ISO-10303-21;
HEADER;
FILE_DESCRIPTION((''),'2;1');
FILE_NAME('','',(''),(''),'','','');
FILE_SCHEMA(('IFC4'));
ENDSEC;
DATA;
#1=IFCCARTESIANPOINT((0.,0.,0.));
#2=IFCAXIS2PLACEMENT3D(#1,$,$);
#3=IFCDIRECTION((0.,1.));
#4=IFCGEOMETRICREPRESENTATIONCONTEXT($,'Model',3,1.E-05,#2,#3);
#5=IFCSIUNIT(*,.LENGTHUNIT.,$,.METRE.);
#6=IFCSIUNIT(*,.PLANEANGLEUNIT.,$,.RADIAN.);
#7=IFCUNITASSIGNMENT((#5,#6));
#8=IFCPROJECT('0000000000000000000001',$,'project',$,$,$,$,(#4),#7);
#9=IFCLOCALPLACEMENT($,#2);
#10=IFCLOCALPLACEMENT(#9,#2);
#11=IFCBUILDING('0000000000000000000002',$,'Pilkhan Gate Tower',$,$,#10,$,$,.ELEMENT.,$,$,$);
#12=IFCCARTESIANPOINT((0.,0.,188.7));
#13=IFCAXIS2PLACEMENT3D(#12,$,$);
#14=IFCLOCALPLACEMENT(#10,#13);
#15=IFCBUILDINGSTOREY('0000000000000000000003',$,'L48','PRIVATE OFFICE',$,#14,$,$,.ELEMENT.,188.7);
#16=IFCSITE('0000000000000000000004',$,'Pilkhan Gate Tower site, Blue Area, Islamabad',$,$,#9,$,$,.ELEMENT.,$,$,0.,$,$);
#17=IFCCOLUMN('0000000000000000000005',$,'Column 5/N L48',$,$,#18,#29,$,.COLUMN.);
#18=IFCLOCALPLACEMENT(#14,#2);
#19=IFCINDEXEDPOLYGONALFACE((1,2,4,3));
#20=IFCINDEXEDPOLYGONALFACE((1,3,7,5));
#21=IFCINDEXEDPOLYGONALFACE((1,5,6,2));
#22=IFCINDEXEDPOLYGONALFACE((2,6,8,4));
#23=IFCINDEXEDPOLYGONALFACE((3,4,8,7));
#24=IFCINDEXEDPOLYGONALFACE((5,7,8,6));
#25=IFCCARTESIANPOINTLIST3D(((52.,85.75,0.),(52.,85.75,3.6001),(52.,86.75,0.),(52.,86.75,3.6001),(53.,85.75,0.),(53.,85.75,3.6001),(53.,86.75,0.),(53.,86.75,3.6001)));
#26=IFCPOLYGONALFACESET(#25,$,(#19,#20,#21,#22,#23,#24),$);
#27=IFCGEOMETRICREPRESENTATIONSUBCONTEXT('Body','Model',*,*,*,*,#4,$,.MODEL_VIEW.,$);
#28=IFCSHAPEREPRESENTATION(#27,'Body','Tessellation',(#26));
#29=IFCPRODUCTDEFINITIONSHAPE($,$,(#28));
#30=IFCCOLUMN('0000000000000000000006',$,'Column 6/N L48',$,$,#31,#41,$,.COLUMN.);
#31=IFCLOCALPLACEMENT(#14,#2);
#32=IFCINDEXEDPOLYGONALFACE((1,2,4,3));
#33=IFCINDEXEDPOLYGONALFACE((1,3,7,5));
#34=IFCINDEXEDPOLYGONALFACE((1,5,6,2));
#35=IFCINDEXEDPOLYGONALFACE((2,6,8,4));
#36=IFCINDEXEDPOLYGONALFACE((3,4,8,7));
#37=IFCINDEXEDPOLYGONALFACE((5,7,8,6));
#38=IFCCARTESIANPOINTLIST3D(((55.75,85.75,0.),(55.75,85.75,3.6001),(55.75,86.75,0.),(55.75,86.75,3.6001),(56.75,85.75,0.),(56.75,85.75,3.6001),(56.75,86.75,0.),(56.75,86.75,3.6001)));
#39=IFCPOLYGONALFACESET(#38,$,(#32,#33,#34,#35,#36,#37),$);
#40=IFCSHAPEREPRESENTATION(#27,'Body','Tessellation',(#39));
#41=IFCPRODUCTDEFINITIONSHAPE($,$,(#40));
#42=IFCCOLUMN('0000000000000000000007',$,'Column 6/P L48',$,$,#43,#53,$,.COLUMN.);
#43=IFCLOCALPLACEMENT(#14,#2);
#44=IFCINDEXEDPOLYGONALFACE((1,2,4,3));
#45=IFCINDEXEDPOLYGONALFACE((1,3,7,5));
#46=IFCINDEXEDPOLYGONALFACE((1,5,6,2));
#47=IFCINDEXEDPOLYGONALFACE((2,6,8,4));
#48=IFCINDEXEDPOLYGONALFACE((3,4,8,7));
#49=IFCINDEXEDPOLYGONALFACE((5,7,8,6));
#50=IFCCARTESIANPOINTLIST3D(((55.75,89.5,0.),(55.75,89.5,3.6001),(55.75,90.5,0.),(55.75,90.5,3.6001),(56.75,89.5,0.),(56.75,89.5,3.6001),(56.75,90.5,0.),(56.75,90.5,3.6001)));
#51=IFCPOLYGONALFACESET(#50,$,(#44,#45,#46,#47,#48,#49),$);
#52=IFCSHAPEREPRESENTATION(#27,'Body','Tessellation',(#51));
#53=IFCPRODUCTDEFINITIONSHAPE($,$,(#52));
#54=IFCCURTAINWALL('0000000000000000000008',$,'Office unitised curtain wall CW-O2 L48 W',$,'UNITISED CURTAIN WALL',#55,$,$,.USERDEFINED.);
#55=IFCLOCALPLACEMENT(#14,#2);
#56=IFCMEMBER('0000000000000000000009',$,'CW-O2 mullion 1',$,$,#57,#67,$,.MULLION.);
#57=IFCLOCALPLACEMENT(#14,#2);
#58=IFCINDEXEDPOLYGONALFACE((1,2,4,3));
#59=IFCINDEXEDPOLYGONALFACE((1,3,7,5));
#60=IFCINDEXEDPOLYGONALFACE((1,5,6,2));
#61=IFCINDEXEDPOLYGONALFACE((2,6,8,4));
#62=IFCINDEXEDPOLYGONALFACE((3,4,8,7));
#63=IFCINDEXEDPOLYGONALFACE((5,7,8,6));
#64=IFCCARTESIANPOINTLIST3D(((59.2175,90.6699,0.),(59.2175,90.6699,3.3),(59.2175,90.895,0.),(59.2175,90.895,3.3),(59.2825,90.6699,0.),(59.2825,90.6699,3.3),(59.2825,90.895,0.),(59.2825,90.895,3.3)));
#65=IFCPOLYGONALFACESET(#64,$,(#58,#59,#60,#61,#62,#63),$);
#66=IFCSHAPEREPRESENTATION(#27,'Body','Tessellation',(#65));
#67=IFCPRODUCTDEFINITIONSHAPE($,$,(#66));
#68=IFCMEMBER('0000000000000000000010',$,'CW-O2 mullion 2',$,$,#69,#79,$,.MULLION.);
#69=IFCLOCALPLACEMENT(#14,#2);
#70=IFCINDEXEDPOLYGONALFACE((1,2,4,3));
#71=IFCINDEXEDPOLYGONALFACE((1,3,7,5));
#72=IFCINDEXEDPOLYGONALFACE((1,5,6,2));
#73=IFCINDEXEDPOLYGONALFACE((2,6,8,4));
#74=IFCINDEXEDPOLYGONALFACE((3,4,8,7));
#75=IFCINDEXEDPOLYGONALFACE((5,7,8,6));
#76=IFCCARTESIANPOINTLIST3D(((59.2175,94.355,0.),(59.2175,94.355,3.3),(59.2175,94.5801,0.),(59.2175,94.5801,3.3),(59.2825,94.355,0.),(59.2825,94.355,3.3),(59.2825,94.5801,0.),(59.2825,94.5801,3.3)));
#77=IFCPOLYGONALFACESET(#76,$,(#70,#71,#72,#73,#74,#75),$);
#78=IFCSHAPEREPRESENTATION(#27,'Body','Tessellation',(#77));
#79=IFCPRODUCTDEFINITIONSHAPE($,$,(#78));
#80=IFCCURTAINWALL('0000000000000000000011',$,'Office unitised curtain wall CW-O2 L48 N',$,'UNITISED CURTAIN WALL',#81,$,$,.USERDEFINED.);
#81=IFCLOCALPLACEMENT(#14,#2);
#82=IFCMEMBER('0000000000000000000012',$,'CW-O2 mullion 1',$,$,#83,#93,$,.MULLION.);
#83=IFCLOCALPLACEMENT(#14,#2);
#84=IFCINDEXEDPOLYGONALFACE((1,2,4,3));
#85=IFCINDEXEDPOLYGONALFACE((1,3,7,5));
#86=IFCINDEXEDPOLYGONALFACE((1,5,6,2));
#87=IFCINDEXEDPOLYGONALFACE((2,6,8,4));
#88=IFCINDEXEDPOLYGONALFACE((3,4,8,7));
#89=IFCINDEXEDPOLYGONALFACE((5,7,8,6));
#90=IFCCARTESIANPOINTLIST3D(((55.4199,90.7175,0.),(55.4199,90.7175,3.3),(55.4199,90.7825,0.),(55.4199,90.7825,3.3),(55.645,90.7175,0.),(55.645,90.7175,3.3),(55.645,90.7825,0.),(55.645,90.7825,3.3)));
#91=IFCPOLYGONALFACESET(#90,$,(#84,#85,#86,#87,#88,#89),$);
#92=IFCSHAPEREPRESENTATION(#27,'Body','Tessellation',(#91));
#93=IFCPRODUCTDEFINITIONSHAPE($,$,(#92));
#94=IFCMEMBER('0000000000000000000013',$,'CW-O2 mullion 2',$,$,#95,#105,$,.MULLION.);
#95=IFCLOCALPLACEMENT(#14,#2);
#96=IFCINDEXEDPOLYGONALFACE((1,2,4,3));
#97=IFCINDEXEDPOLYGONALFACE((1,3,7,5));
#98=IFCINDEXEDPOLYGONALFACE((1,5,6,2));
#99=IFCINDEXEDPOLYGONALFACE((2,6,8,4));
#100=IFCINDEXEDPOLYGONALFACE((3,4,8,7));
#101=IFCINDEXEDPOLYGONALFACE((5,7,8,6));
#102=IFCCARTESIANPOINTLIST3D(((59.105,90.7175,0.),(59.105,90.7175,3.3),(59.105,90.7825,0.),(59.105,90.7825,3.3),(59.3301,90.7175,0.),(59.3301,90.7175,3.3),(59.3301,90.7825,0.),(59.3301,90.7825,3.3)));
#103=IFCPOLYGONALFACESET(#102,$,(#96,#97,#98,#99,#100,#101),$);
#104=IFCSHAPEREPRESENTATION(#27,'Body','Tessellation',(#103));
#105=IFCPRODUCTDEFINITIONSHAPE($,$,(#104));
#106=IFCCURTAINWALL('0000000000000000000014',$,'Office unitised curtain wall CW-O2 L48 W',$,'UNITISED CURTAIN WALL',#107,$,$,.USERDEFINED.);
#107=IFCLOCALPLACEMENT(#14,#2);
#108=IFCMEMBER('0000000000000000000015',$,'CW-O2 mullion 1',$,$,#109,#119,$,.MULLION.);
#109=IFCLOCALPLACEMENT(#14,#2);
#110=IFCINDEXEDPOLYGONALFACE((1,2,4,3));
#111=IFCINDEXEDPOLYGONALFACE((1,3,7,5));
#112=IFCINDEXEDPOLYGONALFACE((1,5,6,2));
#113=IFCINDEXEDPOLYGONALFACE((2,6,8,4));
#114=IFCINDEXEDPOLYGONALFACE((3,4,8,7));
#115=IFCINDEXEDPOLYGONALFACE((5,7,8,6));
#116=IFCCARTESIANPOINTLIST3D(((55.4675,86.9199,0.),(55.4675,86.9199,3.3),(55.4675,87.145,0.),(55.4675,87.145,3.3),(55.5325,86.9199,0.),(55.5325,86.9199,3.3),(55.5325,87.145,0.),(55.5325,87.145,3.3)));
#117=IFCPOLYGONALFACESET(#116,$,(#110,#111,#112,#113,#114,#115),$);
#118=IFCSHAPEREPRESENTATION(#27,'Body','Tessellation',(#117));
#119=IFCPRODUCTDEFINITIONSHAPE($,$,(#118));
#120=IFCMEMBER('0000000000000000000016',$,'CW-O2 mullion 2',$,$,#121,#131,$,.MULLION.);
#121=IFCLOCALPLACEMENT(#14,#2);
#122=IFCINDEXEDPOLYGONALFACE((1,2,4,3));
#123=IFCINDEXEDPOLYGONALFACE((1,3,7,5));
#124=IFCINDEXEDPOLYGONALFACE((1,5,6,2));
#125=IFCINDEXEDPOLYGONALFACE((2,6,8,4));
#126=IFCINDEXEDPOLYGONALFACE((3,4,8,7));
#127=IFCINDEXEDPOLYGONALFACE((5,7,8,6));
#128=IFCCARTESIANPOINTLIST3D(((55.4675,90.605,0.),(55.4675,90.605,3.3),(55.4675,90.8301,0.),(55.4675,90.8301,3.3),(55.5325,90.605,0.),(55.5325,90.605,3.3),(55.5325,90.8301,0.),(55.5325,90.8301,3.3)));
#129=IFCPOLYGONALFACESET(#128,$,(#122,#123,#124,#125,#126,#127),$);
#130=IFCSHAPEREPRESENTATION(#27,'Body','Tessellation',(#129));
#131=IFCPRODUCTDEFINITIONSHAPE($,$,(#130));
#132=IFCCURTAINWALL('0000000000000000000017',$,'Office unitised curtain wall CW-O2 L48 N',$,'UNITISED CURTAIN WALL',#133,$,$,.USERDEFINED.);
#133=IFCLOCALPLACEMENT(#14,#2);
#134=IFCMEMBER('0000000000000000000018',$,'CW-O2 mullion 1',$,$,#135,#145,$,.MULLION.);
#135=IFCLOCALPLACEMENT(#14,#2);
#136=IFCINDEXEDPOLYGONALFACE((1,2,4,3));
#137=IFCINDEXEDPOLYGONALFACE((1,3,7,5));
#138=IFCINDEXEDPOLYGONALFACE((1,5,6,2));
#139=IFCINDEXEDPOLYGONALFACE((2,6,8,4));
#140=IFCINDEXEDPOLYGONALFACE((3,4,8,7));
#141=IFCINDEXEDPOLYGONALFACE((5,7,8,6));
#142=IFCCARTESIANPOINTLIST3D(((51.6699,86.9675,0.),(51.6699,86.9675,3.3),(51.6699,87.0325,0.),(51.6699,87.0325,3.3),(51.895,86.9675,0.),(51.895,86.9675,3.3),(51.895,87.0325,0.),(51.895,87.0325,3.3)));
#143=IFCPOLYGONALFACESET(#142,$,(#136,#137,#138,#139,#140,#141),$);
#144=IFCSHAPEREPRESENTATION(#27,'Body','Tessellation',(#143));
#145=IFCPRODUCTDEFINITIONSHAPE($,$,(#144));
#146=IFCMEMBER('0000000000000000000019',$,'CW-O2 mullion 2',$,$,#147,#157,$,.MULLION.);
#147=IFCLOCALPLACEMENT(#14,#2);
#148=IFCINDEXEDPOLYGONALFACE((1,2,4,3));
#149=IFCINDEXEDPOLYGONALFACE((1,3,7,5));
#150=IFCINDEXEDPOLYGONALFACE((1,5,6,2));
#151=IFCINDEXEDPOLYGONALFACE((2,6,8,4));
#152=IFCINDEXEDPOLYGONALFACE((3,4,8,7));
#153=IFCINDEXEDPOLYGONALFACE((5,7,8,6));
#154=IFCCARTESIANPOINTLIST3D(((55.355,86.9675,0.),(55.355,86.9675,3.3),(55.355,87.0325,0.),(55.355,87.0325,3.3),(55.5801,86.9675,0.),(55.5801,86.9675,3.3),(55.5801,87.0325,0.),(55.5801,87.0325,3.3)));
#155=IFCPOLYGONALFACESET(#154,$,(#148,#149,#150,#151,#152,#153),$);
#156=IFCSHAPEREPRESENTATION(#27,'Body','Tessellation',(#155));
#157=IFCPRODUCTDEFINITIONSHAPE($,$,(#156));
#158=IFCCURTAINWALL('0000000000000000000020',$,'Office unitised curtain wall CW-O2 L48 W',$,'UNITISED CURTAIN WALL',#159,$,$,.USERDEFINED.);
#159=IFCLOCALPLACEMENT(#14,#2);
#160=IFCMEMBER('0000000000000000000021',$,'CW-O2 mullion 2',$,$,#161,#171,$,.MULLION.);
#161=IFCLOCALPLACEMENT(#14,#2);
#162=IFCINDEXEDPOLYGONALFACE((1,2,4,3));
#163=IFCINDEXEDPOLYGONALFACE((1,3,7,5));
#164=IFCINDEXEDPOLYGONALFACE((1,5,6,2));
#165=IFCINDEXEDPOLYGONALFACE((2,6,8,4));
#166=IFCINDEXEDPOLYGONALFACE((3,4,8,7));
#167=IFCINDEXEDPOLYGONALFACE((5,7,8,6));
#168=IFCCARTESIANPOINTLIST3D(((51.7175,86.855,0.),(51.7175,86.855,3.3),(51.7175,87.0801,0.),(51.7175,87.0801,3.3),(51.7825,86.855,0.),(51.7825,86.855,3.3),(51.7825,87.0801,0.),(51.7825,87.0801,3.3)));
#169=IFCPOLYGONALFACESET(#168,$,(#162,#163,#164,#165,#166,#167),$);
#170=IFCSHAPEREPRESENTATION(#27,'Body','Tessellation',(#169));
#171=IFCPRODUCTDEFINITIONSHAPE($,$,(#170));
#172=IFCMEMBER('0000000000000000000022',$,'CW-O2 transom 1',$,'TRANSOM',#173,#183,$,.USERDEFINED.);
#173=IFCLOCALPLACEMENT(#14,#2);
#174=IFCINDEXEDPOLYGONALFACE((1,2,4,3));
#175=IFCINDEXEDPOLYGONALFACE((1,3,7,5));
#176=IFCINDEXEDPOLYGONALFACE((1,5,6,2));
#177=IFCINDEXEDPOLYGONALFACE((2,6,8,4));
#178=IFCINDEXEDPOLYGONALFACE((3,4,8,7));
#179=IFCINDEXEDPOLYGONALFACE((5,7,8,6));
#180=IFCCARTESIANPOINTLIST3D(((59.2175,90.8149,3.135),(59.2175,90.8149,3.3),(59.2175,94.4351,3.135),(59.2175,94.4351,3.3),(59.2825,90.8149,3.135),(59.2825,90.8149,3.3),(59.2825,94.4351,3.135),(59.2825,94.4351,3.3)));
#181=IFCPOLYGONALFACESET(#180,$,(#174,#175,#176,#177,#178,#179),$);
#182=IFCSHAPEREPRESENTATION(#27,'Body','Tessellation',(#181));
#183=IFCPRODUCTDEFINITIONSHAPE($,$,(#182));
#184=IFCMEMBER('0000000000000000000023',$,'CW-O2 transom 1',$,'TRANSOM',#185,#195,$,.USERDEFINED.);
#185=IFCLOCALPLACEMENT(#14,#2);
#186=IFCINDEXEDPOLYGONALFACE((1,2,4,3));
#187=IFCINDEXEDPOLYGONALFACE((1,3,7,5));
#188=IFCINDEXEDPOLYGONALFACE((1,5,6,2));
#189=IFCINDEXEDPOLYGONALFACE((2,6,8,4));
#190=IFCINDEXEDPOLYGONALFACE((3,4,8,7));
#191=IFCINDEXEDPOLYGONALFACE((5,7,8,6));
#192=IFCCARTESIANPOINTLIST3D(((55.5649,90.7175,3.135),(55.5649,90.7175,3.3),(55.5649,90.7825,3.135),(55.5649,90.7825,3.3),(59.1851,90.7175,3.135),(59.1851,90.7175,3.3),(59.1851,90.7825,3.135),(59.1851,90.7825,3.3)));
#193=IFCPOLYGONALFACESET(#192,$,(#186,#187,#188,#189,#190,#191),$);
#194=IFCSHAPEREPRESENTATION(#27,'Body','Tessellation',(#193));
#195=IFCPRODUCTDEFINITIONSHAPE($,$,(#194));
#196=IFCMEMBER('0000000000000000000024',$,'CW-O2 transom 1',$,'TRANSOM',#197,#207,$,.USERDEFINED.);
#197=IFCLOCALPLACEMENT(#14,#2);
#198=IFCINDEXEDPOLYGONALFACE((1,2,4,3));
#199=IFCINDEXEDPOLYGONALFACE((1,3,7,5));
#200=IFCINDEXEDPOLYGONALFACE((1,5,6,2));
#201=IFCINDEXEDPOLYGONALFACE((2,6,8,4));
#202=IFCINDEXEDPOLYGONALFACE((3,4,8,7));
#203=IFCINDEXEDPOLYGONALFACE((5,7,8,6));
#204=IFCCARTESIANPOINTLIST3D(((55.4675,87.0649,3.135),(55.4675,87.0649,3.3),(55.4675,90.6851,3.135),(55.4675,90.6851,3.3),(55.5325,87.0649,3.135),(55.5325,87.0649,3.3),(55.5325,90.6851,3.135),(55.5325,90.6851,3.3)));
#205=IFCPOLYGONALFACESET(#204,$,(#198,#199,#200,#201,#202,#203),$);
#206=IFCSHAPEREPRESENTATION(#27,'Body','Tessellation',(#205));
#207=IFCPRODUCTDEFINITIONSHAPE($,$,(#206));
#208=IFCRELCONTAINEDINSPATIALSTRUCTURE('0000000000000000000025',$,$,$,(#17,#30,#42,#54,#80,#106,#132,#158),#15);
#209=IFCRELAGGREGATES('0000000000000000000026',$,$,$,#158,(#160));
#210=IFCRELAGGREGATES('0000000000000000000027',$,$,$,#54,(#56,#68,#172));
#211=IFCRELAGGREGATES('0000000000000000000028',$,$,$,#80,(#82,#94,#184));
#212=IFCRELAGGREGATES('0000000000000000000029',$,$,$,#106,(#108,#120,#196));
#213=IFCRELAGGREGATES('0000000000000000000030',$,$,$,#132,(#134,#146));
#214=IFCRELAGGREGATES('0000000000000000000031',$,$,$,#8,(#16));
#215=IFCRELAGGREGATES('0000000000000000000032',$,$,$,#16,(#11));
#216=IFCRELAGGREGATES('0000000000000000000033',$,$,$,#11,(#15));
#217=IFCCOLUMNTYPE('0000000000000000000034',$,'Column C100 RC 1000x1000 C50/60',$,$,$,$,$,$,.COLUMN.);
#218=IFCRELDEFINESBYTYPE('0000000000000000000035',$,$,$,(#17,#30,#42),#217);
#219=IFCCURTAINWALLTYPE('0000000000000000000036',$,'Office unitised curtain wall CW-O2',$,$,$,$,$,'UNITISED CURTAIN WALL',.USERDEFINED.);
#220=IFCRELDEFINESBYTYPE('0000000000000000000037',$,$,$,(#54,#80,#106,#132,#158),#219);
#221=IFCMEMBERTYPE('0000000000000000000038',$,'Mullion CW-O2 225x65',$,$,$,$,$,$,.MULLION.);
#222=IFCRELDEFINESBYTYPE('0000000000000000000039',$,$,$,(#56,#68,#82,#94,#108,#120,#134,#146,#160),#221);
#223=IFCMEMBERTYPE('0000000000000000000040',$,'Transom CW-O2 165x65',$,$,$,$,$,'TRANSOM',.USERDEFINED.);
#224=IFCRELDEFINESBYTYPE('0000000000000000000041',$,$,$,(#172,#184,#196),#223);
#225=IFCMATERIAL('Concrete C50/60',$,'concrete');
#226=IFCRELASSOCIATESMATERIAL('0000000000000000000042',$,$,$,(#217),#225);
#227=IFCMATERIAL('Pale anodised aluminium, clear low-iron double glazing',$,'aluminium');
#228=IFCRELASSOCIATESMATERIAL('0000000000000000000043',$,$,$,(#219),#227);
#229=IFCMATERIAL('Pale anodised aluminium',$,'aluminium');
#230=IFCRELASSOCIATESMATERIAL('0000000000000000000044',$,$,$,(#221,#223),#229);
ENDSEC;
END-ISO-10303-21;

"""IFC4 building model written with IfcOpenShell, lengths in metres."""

from ifc_helpers import new_model, si_unit, direction, frame, origin, origin_2d, place, context, subcontext, project, spatial, rectangle, extrude, material, material_profile, profile_set, type_object, element, aggregate, save


model = new_model("IFC4")

# Units and contexts
model_context = context("Model", 3, precision=1e-05, world=origin(), true_north=direction((0.0, 1.0)))
body_context = subcontext(model_context, "Body", "Model", "MODEL_VIEW")
ifc_project = project(units=[si_unit("LENGTHUNIT", "METRE"), si_unit("PLANEANGLEUNIT", "RADIAN")], contexts=[model_context])

# Site, building, storey
site_placement = place(None, origin())
site = spatial("IfcSite", under=ifc_project, at=site_placement, Name="Pilkhan Gate Tower site, Blue Area, Islamabad", CompositionType="ELEMENT", RefElevation=0.0)
building_placement = place(site_placement, origin())
building = spatial("IfcBuilding", under=site, at=building_placement, Name="Pilkhan Gate Tower", CompositionType="ELEMENT")
storey_placement = place(building_placement, frame((0.0, 0.0, 188.7)))
storey = spatial("IfcBuildingStorey", under=building, at=storey_placement, Name="L48", Description="PRIVATE OFFICE", CompositionType="ELEMENT", Elevation=188.7)

# Columns
ifc_material_1 = material(Name="Concrete C50/60", Category="concrete")
ifc_material_profile_1 = material_profile(ifc_material_1, rectangle(XDim=1.0, YDim=1.0, at=origin_2d()), Name="RC 1000x1000")
ifc_profile_set_1 = profile_set([ifc_material_profile_1], Name="Concrete C50/60")
column_type = type_object("IfcColumnType", Name="Column C100 RC 1000x1000 C50/60", PredefinedType="COLUMN", material=ifc_profile_set_1)
for number, where, z_axis, x_axis, name in (
    (1, (52.5, 86.25, 0.0), (0.0, 0.0, 1.0), (1.0, 0.0, 0.0), "Column 5/N L48"),
    (2, (56.25, 86.25, 0.0), (0.0, 0.0, 1.0), (1.0, 0.0, 0.0), "Column 6/N L48"),
    (3, (56.25, 90.0, 0.0), (0.0, 0.0, 1.0), (1.0, 0.0, 0.0), "Column 6/P L48"),
):
    element("IfcColumn", number, at=place(storey_placement, frame(where, z_axis=z_axis, x_axis=x_axis)), inside=storey, type_object=column_type, Name=name, PredefinedType="COLUMN", context=body_context, shape_type="SweptSolid", body=[
        extrude(rectangle(XDim=1.0, YDim=1.0, at=origin_2d()), origin(), (0.0, 0.0, 1.0), 3.6001),
    ])

# Curtain walls, members
ifc_material_2 = material(Name="Pale anodised aluminium, clear low-iron double glazing", Category="aluminium")
curtain_wall_type = type_object("IfcCurtainWallType", Name="Office unitised curtain wall CW-O2", ElementType="UNITISED CURTAIN WALL", PredefinedType="USERDEFINED", material=ifc_material_2)
curtain_wall_1_placement = place(storey_placement, origin())
curtain_wall_1 = element("IfcCurtainWall", 4, at=curtain_wall_1_placement, inside=storey, type_object=curtain_wall_type, Name="Office unitised curtain wall CW-O2 L48 W", ObjectType="UNITISED CURTAIN WALL", PredefinedType="USERDEFINED")
ifc_material_3 = material(Name="Pale anodised aluminium", Category="aluminium")
ifc_material_profile_2 = material_profile(ifc_material_3, rectangle(XDim=0.0649, YDim=0.2251, at=origin_2d()), Name="Mullion 225x65")
ifc_profile_set_2 = profile_set([ifc_material_profile_2], Name="Pale anodised aluminium")
member_type_1 = type_object("IfcMemberType", Name="Mullion CW-O2 225x65", PredefinedType="MULLION", material=ifc_profile_set_2)
member_1_placement = place(storey_placement, frame((59.25, 90.7825, 0.0), z_axis=(0.0, 0.0, 1.0), x_axis=(-1.0, 0.0, 0.0)))
member_1 = element("IfcMember", 5, at=member_1_placement, type_object=member_type_1, Name="CW-O2 mullion 1", PredefinedType="MULLION", context=body_context, shape_type="SweptSolid", body=[
    extrude(rectangle(XDim=0.0649, YDim=0.2251, at=origin_2d()), origin(), (0.0, 0.0, 1.0), 3.3),
])
member_2_placement = place(storey_placement, frame((59.25, 94.4675, 0.0), z_axis=(0.0, 0.0, 1.0), x_axis=(-1.0, 0.0, 0.0)))
member_2 = element("IfcMember", 6, at=member_2_placement, type_object=member_type_1, Name="CW-O2 mullion 2", PredefinedType="MULLION", context=body_context, shape_type="SweptSolid", body=[
    extrude(rectangle(XDim=0.0649, YDim=0.2251, at=origin_2d()), origin(), (0.0, 0.0, 1.0), 3.3),
])
curtain_wall_2_placement = place(storey_placement, origin())
curtain_wall_2 = element("IfcCurtainWall", 7, at=curtain_wall_2_placement, inside=storey, type_object=curtain_wall_type, Name="Office unitised curtain wall CW-O2 L48 N", ObjectType="UNITISED CURTAIN WALL", PredefinedType="USERDEFINED")
member_3_placement = place(storey_placement, frame((55.5325, 90.75, 0.0), z_axis=(0.0, 0.0, 1.0), x_axis=(0.0, 1.0, 0.0)))
member_3 = element("IfcMember", 8, at=member_3_placement, type_object=member_type_1, Name="CW-O2 mullion 1", PredefinedType="MULLION", context=body_context, shape_type="SweptSolid", body=[
    extrude(rectangle(XDim=0.0649, YDim=0.2251, at=origin_2d()), origin(), (0.0, 0.0, 1.0), 3.3),
])
member_4_placement = place(storey_placement, frame((59.2175, 90.75, 0.0), z_axis=(0.0, 0.0, 1.0), x_axis=(0.0, 1.0, 0.0)))
member_4 = element("IfcMember", 9, at=member_4_placement, type_object=member_type_1, Name="CW-O2 mullion 2", PredefinedType="MULLION", context=body_context, shape_type="SweptSolid", body=[
    extrude(rectangle(XDim=0.0649, YDim=0.2251, at=origin_2d()), origin(), (0.0, 0.0, 1.0), 3.3),
])
curtain_wall_3_placement = place(storey_placement, origin())
curtain_wall_3 = element("IfcCurtainWall", 10, at=curtain_wall_3_placement, inside=storey, type_object=curtain_wall_type, Name="Office unitised curtain wall CW-O2 L48 W", ObjectType="UNITISED CURTAIN WALL", PredefinedType="USERDEFINED")
member_5_placement = place(storey_placement, frame((55.5, 87.0325, 0.0), z_axis=(0.0, 0.0, 1.0), x_axis=(-1.0, 0.0, 0.0)))
member_5 = element("IfcMember", 11, at=member_5_placement, type_object=member_type_1, Name="CW-O2 mullion 1", PredefinedType="MULLION", context=body_context, shape_type="SweptSolid", body=[
    extrude(rectangle(XDim=0.0649, YDim=0.2251, at=origin_2d()), origin(), (0.0, 0.0, 1.0), 3.3),
])
member_6_placement = place(storey_placement, frame((55.5, 90.7175, 0.0), z_axis=(0.0, 0.0, 1.0), x_axis=(-1.0, 0.0, 0.0)))
member_6 = element("IfcMember", 12, at=member_6_placement, type_object=member_type_1, Name="CW-O2 mullion 2", PredefinedType="MULLION", context=body_context, shape_type="SweptSolid", body=[
    extrude(rectangle(XDim=0.0649, YDim=0.2251, at=origin_2d()), origin(), (0.0, 0.0, 1.0), 3.3),
])
curtain_wall_4_placement = place(storey_placement, origin())
curtain_wall_4 = element("IfcCurtainWall", 13, at=curtain_wall_4_placement, inside=storey, type_object=curtain_wall_type, Name="Office unitised curtain wall CW-O2 L48 N", ObjectType="UNITISED CURTAIN WALL", PredefinedType="USERDEFINED")
member_7_placement = place(storey_placement, frame((51.7825, 87.0, 0.0), z_axis=(0.0, 0.0, 1.0), x_axis=(0.0, 1.0, 0.0)))
member_7 = element("IfcMember", 14, at=member_7_placement, type_object=member_type_1, Name="CW-O2 mullion 1", PredefinedType="MULLION", context=body_context, shape_type="SweptSolid", body=[
    extrude(rectangle(XDim=0.0649, YDim=0.2251, at=origin_2d()), origin(), (0.0, 0.0, 1.0), 3.3),
])
member_8_placement = place(storey_placement, frame((55.4675, 87.0, 0.0), z_axis=(0.0, 0.0, 1.0), x_axis=(0.0, 1.0, 0.0)))
member_8 = element("IfcMember", 15, at=member_8_placement, type_object=member_type_1, Name="CW-O2 mullion 2", PredefinedType="MULLION", context=body_context, shape_type="SweptSolid", body=[
    extrude(rectangle(XDim=0.0649, YDim=0.2251, at=origin_2d()), origin(), (0.0, 0.0, 1.0), 3.3),
])

# Curtain wall, member
curtain_wall_5_placement = place(storey_placement, origin())
curtain_wall_5 = element("IfcCurtainWall", 16, at=curtain_wall_5_placement, inside=storey, type_object=curtain_wall_type, Name="Office unitised curtain wall CW-O2 L48 W", ObjectType="UNITISED CURTAIN WALL", PredefinedType="USERDEFINED")
member_9_placement = place(storey_placement, frame((51.75, 86.9675, 0.0), z_axis=(0.0, 0.0, 1.0), x_axis=(-1.0, 0.0, 0.0)))
member_9 = element("IfcMember", 17, at=member_9_placement, type_object=member_type_1, Name="CW-O2 mullion 2", PredefinedType="MULLION", context=body_context, shape_type="SweptSolid", body=[
    extrude(rectangle(XDim=0.0649, YDim=0.2251, at=origin_2d()), origin(), (0.0, 0.0, 1.0), 3.3),
])
aggregate(curtain_wall_5, [member_9])

# Members
ifc_material_profile_3 = material_profile(ifc_material_3, rectangle(XDim=0.0649, YDim=0.165, at=origin_2d()), Name="Transom 165x65")
ifc_profile_set_3 = profile_set([ifc_material_profile_3], Name="Pale anodised aluminium")
member_type_2 = type_object("IfcMemberType", Name="Transom CW-O2 165x65", ElementType="TRANSOM", PredefinedType="USERDEFINED", material=ifc_profile_set_3)
member_10_placement = place(storey_placement, frame((59.25, 90.8149, 3.2175), z_axis=(0.0, 1.0, 0.0), x_axis=(-1.0, 0.0, 0.0)))
member_10 = element("IfcMember", 18, at=member_10_placement, type_object=member_type_2, Name="CW-O2 transom 1", ObjectType="TRANSOM", PredefinedType="USERDEFINED", context=body_context, shape_type="SweptSolid", body=[
    extrude(rectangle(XDim=0.0649, YDim=0.165, at=origin_2d()), origin(), (0.0, 0.0, 1.0), 3.6201),
])
member_11_placement = place(storey_placement, frame((55.5649, 90.75, 3.2175), z_axis=(1.0, 0.0, 0.0), x_axis=(0.0, 1.0, 0.0)))
member_11 = element("IfcMember", 19, at=member_11_placement, type_object=member_type_2, Name="CW-O2 transom 1", ObjectType="TRANSOM", PredefinedType="USERDEFINED", context=body_context, shape_type="SweptSolid", body=[
    extrude(rectangle(XDim=0.0649, YDim=0.165, at=origin_2d()), origin(), (0.0, 0.0, 1.0), 3.6201),
])
member_12_placement = place(storey_placement, frame((55.5, 87.0649, 3.2175), z_axis=(0.0, 1.0, 0.0), x_axis=(-1.0, 0.0, 0.0)))
member_12 = element("IfcMember", 20, at=member_12_placement, type_object=member_type_2, Name="CW-O2 transom 1", ObjectType="TRANSOM", PredefinedType="USERDEFINED", context=body_context, shape_type="SweptSolid", body=[
    extrude(rectangle(XDim=0.0649, YDim=0.165, at=origin_2d()), origin(), (0.0, 0.0, 1.0), 3.6201),
])

aggregate(curtain_wall_1, [member_1, member_2, member_10])
aggregate(curtain_wall_2, [member_3, member_4, member_11])
aggregate(curtain_wall_3, [member_5, member_6, member_12])
aggregate(curtain_wall_4, [member_7, member_8])

save(model, "model.ifc")
